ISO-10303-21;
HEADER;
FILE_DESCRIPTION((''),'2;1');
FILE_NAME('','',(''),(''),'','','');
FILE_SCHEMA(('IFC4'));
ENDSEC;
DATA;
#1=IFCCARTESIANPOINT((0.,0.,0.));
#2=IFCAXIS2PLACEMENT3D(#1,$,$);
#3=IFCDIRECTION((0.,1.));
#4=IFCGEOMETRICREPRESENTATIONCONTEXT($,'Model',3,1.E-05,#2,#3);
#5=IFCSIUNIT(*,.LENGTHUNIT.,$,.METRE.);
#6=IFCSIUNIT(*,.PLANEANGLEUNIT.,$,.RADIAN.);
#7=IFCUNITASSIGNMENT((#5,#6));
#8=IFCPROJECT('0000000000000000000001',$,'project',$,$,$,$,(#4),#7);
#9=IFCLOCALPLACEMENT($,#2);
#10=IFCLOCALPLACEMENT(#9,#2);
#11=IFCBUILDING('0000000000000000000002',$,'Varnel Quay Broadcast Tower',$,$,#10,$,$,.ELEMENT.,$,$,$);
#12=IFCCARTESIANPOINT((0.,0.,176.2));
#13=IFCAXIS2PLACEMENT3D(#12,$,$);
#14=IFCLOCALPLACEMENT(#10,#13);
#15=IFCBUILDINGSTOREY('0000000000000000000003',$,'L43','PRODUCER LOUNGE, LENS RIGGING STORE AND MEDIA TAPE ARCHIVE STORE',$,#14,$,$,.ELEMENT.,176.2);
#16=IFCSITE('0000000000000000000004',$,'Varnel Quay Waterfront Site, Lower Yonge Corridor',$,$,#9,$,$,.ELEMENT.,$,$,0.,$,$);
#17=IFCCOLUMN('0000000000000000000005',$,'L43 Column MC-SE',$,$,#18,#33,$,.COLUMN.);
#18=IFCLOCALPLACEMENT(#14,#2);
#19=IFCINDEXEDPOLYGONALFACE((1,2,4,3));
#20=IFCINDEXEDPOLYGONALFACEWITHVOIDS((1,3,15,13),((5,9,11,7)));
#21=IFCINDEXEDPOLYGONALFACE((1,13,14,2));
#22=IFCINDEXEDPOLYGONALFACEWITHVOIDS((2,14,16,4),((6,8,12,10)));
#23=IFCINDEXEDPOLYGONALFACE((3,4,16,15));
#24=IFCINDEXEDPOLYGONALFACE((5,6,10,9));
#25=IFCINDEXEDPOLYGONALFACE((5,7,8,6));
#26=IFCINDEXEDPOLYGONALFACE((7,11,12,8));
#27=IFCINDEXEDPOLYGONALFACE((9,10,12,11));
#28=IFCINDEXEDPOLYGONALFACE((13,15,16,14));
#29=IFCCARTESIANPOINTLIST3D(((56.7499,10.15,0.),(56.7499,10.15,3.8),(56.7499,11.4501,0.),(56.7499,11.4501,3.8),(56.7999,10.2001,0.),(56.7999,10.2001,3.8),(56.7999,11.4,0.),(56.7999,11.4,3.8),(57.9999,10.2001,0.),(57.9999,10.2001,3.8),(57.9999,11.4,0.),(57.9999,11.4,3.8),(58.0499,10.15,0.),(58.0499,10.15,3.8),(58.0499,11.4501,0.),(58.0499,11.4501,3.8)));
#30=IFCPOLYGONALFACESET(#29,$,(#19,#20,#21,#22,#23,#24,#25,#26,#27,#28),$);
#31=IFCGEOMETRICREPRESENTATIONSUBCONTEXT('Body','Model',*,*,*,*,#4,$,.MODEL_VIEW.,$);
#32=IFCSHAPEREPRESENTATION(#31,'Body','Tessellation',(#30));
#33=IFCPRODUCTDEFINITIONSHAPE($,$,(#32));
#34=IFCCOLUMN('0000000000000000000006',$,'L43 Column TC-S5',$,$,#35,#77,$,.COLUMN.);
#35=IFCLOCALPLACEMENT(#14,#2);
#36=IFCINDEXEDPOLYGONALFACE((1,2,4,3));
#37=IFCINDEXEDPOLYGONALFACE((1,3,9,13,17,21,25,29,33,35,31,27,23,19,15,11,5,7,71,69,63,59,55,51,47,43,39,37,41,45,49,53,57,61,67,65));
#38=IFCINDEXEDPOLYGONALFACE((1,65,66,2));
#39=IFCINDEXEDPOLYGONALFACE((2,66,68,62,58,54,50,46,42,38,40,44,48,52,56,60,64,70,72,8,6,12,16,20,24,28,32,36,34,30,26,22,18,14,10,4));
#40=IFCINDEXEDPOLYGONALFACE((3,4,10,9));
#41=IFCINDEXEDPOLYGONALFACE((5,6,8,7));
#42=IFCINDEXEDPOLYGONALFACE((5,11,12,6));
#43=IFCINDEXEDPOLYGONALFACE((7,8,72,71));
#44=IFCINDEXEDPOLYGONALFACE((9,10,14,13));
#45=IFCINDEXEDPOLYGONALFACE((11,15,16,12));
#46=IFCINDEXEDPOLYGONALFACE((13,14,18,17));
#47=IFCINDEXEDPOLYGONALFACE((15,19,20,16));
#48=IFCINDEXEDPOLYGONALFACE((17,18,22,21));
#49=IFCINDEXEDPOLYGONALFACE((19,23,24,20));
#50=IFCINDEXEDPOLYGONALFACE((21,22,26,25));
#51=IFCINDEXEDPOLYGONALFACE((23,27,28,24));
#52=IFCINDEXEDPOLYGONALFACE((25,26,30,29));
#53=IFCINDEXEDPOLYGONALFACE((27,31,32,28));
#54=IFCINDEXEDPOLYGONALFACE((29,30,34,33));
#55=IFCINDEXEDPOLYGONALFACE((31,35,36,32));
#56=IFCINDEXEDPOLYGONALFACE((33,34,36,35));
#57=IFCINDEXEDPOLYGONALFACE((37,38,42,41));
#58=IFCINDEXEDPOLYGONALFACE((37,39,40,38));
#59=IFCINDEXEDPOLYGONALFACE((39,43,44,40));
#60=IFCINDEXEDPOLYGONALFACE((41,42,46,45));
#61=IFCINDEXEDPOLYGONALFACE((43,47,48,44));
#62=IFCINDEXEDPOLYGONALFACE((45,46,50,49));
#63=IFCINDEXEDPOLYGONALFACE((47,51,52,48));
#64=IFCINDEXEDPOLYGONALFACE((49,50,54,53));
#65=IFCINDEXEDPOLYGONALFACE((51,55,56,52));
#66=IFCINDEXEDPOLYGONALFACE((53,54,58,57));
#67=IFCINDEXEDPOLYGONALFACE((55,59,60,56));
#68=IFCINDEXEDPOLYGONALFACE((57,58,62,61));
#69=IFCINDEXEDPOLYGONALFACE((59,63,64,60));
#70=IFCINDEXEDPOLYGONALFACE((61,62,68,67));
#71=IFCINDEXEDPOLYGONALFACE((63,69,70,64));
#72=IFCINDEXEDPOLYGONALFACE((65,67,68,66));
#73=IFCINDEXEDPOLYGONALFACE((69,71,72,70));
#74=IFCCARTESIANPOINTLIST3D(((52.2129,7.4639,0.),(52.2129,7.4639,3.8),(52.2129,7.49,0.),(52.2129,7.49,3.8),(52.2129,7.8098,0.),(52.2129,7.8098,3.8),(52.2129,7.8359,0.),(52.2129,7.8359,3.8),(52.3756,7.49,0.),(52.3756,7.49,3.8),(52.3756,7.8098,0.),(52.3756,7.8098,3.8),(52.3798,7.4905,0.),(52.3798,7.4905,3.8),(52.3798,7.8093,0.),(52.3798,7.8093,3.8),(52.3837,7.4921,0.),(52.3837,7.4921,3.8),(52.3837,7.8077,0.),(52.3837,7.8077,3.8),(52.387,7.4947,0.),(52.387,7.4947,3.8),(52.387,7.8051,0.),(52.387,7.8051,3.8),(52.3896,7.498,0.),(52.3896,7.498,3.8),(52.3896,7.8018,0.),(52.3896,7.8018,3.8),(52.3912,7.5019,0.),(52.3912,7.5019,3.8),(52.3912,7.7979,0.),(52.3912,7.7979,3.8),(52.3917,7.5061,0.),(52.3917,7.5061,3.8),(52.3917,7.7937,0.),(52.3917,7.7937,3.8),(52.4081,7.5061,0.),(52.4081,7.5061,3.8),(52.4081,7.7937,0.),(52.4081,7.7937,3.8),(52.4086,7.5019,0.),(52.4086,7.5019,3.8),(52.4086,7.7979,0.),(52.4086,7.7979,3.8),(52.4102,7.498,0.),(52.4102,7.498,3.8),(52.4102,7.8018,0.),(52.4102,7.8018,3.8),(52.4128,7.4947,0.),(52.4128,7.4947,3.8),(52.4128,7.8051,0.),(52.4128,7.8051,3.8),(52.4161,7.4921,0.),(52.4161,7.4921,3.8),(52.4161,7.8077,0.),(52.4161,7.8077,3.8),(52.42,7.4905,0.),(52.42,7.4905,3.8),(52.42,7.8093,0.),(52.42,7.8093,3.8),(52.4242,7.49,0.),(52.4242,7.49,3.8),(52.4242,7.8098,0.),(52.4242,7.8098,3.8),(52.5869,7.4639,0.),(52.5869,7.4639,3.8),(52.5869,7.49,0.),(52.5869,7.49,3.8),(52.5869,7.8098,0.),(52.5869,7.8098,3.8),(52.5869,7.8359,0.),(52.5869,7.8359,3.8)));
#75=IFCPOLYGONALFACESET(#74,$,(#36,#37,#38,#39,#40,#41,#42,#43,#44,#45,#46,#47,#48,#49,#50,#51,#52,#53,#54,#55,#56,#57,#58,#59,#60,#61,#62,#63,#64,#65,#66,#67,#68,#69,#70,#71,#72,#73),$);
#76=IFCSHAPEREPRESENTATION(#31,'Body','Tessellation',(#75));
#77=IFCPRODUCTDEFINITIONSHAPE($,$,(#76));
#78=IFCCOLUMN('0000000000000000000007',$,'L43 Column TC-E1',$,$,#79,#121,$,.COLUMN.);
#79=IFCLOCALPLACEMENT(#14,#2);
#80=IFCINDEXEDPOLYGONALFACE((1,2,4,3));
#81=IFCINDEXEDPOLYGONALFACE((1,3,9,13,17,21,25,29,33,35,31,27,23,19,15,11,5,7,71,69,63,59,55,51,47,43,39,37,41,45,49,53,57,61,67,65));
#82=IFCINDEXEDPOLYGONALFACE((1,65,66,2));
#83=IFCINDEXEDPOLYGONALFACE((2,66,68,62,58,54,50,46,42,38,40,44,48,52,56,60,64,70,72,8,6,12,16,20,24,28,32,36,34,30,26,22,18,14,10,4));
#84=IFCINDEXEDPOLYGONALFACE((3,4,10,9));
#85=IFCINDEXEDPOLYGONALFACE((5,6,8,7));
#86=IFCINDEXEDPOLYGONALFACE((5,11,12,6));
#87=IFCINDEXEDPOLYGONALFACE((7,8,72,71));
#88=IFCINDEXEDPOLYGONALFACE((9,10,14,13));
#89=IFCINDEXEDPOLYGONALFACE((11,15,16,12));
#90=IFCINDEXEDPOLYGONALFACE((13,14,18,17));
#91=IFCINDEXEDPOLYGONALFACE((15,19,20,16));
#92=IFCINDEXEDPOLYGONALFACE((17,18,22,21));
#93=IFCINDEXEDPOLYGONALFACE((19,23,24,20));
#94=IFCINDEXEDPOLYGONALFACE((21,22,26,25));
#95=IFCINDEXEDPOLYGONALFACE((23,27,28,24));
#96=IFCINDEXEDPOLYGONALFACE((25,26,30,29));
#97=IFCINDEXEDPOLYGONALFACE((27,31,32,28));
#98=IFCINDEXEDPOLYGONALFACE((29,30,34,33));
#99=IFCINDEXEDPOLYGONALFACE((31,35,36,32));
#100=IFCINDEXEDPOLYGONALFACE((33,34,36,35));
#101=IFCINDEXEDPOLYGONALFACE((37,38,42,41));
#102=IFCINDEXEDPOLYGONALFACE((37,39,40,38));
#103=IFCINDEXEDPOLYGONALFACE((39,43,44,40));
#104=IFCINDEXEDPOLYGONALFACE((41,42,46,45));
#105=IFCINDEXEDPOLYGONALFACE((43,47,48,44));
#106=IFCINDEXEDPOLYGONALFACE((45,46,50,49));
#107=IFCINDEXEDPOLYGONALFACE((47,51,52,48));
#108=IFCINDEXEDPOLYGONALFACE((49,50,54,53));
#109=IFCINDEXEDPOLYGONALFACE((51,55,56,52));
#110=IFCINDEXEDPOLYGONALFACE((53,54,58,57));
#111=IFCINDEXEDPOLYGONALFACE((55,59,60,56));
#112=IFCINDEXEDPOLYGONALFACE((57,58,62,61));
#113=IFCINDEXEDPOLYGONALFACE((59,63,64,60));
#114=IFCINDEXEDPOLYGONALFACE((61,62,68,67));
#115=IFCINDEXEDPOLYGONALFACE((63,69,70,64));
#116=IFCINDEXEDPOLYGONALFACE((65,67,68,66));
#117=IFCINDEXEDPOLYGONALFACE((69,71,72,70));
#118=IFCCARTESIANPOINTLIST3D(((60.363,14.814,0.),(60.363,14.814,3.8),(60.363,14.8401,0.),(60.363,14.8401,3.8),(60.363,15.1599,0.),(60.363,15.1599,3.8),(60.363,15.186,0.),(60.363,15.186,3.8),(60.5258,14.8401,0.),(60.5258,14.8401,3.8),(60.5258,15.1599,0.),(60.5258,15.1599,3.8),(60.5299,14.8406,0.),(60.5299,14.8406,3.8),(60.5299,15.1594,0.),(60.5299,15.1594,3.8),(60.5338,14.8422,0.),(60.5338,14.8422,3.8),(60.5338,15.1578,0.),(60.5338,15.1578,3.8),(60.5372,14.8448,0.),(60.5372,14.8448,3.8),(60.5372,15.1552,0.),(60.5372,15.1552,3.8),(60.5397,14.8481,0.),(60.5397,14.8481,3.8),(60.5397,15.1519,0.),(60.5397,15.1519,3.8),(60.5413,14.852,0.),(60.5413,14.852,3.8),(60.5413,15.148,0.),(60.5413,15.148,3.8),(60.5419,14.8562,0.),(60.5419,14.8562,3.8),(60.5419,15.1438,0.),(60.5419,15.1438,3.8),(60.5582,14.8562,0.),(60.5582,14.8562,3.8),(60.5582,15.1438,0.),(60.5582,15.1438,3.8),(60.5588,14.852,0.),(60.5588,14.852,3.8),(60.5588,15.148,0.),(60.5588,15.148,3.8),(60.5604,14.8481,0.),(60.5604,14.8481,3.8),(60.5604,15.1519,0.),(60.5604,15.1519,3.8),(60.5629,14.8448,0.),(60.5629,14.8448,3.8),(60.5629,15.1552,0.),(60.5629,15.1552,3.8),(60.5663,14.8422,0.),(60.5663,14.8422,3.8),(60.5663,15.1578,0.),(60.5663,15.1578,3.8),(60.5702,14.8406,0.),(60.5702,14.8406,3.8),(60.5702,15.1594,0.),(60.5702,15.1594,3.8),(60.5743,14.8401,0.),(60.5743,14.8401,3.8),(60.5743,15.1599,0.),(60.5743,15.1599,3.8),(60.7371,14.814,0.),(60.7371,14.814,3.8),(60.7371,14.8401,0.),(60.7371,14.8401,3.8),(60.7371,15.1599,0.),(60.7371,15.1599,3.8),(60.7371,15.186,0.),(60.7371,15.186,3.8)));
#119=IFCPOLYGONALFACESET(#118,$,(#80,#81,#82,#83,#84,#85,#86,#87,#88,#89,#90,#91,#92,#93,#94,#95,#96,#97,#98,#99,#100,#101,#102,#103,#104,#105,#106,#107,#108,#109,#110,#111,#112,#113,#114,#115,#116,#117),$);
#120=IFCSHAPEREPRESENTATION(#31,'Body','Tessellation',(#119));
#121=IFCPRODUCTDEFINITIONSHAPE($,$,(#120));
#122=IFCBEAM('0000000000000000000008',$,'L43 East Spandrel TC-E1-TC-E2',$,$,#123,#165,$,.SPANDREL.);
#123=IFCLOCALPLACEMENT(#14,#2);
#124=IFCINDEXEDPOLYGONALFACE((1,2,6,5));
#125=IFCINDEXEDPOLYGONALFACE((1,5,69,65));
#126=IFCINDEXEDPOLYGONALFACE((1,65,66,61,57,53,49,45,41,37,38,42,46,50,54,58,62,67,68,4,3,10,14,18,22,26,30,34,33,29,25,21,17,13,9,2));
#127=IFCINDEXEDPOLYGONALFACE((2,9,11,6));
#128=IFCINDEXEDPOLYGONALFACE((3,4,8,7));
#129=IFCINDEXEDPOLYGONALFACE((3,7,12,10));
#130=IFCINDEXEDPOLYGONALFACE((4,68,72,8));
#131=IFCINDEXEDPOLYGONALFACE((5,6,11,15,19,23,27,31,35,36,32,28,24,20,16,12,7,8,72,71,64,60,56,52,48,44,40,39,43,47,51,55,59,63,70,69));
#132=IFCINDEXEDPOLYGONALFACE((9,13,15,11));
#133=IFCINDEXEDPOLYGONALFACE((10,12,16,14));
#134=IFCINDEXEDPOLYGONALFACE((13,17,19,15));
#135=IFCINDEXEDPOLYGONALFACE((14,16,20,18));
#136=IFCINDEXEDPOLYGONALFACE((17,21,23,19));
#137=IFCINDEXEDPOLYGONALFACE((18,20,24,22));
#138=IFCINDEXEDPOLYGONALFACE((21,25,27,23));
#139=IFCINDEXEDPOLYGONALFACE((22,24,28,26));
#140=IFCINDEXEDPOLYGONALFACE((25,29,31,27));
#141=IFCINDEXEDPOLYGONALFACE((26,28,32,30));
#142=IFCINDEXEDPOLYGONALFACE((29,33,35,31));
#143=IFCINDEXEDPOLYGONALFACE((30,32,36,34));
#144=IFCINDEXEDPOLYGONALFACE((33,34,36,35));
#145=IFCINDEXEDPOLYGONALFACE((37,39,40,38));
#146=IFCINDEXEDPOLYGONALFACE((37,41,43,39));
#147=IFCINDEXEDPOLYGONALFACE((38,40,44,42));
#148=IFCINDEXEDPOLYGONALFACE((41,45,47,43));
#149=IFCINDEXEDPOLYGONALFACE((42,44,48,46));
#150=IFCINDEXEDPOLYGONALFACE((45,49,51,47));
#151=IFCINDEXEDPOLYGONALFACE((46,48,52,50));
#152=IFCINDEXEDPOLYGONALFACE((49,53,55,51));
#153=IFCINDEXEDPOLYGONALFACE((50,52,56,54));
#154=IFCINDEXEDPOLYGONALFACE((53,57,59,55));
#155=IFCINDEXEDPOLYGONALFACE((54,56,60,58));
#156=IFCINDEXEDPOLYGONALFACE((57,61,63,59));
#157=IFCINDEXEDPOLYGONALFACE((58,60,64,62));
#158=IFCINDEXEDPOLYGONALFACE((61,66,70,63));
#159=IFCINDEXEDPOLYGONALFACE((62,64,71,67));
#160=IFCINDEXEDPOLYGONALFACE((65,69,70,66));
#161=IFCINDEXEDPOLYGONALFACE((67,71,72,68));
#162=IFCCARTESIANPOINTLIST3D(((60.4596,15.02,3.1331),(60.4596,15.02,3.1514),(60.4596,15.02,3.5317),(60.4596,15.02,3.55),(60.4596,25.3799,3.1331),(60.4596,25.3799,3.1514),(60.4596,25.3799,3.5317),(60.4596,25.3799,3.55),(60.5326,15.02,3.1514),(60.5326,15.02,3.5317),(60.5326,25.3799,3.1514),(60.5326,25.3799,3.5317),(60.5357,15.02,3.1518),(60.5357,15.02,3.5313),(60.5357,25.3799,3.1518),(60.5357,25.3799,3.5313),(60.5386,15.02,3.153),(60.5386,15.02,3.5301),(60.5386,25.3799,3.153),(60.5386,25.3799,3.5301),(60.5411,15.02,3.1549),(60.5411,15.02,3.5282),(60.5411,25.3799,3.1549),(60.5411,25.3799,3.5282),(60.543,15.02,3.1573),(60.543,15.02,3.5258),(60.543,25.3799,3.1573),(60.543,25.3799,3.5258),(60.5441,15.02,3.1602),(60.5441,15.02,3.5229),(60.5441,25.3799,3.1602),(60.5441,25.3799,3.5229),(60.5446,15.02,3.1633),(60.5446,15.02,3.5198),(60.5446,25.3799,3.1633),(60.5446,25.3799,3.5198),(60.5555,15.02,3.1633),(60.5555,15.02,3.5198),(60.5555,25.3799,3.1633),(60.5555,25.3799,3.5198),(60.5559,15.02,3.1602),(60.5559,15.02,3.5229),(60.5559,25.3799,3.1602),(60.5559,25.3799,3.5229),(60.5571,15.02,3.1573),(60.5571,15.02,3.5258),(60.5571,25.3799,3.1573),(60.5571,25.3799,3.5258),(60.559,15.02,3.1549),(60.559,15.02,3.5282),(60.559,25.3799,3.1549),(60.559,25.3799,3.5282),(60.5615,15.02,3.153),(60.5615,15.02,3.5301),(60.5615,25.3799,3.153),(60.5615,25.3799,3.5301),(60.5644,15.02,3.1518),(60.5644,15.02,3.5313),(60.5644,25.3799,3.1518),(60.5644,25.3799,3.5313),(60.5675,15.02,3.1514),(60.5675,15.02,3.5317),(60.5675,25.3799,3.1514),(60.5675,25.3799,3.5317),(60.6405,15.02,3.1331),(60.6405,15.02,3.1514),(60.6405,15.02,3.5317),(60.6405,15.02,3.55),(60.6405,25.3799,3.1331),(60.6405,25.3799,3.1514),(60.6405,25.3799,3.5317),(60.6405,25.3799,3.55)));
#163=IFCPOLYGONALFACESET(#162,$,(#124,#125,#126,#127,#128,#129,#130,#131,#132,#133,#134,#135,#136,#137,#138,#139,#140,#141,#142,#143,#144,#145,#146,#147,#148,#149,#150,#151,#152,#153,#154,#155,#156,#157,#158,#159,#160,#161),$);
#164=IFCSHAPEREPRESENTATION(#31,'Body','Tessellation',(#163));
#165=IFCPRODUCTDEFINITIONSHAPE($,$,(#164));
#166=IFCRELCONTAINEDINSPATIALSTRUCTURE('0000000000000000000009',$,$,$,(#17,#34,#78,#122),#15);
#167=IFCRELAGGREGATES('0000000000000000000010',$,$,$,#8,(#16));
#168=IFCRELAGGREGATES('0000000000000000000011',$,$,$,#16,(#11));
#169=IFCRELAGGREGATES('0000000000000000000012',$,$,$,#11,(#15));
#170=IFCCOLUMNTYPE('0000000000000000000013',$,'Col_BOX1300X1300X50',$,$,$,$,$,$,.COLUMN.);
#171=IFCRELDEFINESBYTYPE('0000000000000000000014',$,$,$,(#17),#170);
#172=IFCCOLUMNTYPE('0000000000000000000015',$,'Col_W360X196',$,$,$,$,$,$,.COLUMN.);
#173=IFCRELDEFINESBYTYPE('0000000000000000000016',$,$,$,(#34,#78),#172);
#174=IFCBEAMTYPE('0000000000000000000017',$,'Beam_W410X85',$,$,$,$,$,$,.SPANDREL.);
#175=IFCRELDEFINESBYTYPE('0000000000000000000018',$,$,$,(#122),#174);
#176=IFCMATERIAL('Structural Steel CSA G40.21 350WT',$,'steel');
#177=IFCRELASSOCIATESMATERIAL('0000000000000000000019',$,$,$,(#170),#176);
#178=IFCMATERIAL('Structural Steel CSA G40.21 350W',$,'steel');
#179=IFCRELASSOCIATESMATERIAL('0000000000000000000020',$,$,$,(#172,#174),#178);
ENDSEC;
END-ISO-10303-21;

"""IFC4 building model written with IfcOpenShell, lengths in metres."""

from ifc_helpers import new_model, si_unit, direction, frame, origin, origin_2d, place, context, subcontext, project, spatial, hollow_rectangle, i_section, extrude, source, transform, mapped, material, material_profile, profile_set, type_object, type_shapes, element, save


model = new_model("IFC4")

# Units and contexts
model_context = context("Model", 3, precision=1e-05, world=origin(), true_north=direction((0.0, 1.0)))
body_context = subcontext(model_context, "Body", "Model", "MODEL_VIEW")
ifc_project = project(units=[si_unit("LENGTHUNIT", "METRE"), si_unit("PLANEANGLEUNIT", "RADIAN")], contexts=[model_context])

# Site, building, storey
site_placement = place(None, origin())
site = spatial("IfcSite", under=ifc_project, at=site_placement, Name="Varnel Quay Waterfront Site, Lower Yonge Corridor", CompositionType="ELEMENT", RefElevation=0.0)
building_placement = place(site_placement, origin())
building = spatial("IfcBuilding", under=site, at=building_placement, Name="Varnel Quay Broadcast Tower", CompositionType="ELEMENT")
storey_placement = place(building_placement, frame((0.0, 0.0, 176.2)))
storey = spatial("IfcBuildingStorey", under=building, at=storey_placement, Name="L43", Description="PRODUCER LOUNGE, LENS RIGGING STORE AND MEDIA TAPE ARCHIVE STORE", CompositionType="ELEMENT", Elevation=176.2)

# Columns
ifc_material_1 = material(Name="Structural Steel CSA G40.21 350WT", Category="steel")
ifc_material_profile_1 = material_profile(ifc_material_1, hollow_rectangle(XDim=1.3, YDim=1.3, WallThickness=0.05, at=origin_2d()), Name="BOX1300X1300X50")
ifc_profile_set_1 = profile_set([ifc_material_profile_1], Name="Structural Steel CSA G40.21 350WT")
column_type_1 = type_object("IfcColumnType", Name="Col_BOX1300X1300X50", PredefinedType="COLUMN", material=ifc_profile_set_1)
shared_shape_1 = source(origin(), body_context, "Body", "SweptSolid", [
    extrude(hollow_rectangle(XDim=1.3, YDim=1.3, WallThickness=0.05, at=origin_2d()), origin(), (0.0, 0.0, 1.0), 3.8),
])
type_shapes(column_type_1, [shared_shape_1])
column_placement = place(storey_placement, frame((57.3999, 10.8, 0.0), z_axis=(0.0, 0.0, 1.0), x_axis=(1.0, 0.0, 0.0)))
element("IfcColumn", 1, at=column_placement, inside=storey, type_object=column_type_1, Name="L43 Column MC-SE", PredefinedType="COLUMN", context=body_context, shape_type="MappedRepresentation", body=[
    mapped(shared_shape_1, transform((0.0, 0.0, 0.0), x_axis=(1.0, 0.0, 0.0), y_axis=(0.0, 1.0, 0.0), z_axis=(0.0, 0.0, 1.0), scale=1.0)),
])
ifc_material_2 = material(Name="Structural Steel CSA G40.21 350W", Category="steel")
ifc_material_profile_2 = material_profile(ifc_material_2, i_section(OverallWidth=0.374, OverallDepth=0.3721, WebThickness=0.0164, FlangeThickness=0.0261, FilletRadius=0.0161, at=origin_2d()), Name="W360X196")
ifc_profile_set_2 = profile_set([ifc_material_profile_2], Name="Structural Steel CSA G40.21 350W")
column_type_2 = type_object("IfcColumnType", Name="Col_W360X196", PredefinedType="COLUMN", material=ifc_profile_set_2)
shared_shape_2 = source(origin(), body_context, "Body", "SweptSolid", [
    extrude(i_section(OverallWidth=0.374, OverallDepth=0.3721, WebThickness=0.0164, FlangeThickness=0.0261, FilletRadius=0.0161, at=origin_2d()), origin(), (0.0, 0.0, 1.0), 3.8),
])
type_shapes(column_type_2, [shared_shape_2])
for number, where, z_axis, x_axis, name in (
    (2, (52.3999, 7.6499, 0.0), (0.0, 0.0, 1.0), (1.0, 0.0, 0.0), "L43 Column TC-S5"),
    (3, (60.55, 15.0, 0.0), (0.0, 0.0, 1.0), (1.0, 0.0, 0.0), "L43 Column TC-E1"),
):
    element("IfcColumn", number, at=place(storey_placement, frame(where, z_axis=z_axis, x_axis=x_axis)), inside=storey, type_object=column_type_2, Name=name, PredefinedType="COLUMN", context=body_context, shape_type="MappedRepresentation", body=[
        mapped(shared_shape_2, transform((0.0, 0.0, 0.0), x_axis=(1.0, 0.0, 0.0), y_axis=(0.0, 1.0, 0.0), z_axis=(0.0, 0.0, 1.0), scale=1.0)),
    ])

# Beam
ifc_material_profile_3 = material_profile(ifc_material_2, i_section(OverallWidth=0.1809, OverallDepth=0.417, WebThickness=0.011, FlangeThickness=0.0183, FilletRadius=0.012, at=origin_2d()), Name="W410X85")
ifc_profile_set_3 = profile_set([ifc_material_profile_3], Name="Structural Steel CSA G40.21 350W")
beam_type = type_object("IfcBeamType", Name="Beam_W410X85", PredefinedType="SPANDREL", material=ifc_profile_set_3)
shared_shape_3 = source(origin(), body_context, "Body", "SweptSolid", [
    extrude(i_section(OverallWidth=0.1809, OverallDepth=0.417, WebThickness=0.011, FlangeThickness=0.0183, FilletRadius=0.012, at=origin_2d()), origin(), (0.0, 0.0, 1.0), 10.3599),
])
beam_1_placement = place(storey_placement, frame((60.55, 15.02, 3.3416), z_axis=(0.0, 1.0, 0.0), x_axis=(-1.0, 0.0, 0.0)))
element("IfcBeam", 4, at=beam_1_placement, inside=storey, type_object=beam_type, Name="L43 East Spandrel TC-E1-TC-E2", PredefinedType="SPANDREL", context=body_context, shape_type="MappedRepresentation", body=[
    mapped(shared_shape_3, transform((0.0, 0.0, 0.0), x_axis=(1.0, 0.0, 0.0), y_axis=(0.0, 1.0, 0.0), z_axis=(0.0, 0.0, 1.0), scale=1.0)),
])

save(model, "model.ifc")
